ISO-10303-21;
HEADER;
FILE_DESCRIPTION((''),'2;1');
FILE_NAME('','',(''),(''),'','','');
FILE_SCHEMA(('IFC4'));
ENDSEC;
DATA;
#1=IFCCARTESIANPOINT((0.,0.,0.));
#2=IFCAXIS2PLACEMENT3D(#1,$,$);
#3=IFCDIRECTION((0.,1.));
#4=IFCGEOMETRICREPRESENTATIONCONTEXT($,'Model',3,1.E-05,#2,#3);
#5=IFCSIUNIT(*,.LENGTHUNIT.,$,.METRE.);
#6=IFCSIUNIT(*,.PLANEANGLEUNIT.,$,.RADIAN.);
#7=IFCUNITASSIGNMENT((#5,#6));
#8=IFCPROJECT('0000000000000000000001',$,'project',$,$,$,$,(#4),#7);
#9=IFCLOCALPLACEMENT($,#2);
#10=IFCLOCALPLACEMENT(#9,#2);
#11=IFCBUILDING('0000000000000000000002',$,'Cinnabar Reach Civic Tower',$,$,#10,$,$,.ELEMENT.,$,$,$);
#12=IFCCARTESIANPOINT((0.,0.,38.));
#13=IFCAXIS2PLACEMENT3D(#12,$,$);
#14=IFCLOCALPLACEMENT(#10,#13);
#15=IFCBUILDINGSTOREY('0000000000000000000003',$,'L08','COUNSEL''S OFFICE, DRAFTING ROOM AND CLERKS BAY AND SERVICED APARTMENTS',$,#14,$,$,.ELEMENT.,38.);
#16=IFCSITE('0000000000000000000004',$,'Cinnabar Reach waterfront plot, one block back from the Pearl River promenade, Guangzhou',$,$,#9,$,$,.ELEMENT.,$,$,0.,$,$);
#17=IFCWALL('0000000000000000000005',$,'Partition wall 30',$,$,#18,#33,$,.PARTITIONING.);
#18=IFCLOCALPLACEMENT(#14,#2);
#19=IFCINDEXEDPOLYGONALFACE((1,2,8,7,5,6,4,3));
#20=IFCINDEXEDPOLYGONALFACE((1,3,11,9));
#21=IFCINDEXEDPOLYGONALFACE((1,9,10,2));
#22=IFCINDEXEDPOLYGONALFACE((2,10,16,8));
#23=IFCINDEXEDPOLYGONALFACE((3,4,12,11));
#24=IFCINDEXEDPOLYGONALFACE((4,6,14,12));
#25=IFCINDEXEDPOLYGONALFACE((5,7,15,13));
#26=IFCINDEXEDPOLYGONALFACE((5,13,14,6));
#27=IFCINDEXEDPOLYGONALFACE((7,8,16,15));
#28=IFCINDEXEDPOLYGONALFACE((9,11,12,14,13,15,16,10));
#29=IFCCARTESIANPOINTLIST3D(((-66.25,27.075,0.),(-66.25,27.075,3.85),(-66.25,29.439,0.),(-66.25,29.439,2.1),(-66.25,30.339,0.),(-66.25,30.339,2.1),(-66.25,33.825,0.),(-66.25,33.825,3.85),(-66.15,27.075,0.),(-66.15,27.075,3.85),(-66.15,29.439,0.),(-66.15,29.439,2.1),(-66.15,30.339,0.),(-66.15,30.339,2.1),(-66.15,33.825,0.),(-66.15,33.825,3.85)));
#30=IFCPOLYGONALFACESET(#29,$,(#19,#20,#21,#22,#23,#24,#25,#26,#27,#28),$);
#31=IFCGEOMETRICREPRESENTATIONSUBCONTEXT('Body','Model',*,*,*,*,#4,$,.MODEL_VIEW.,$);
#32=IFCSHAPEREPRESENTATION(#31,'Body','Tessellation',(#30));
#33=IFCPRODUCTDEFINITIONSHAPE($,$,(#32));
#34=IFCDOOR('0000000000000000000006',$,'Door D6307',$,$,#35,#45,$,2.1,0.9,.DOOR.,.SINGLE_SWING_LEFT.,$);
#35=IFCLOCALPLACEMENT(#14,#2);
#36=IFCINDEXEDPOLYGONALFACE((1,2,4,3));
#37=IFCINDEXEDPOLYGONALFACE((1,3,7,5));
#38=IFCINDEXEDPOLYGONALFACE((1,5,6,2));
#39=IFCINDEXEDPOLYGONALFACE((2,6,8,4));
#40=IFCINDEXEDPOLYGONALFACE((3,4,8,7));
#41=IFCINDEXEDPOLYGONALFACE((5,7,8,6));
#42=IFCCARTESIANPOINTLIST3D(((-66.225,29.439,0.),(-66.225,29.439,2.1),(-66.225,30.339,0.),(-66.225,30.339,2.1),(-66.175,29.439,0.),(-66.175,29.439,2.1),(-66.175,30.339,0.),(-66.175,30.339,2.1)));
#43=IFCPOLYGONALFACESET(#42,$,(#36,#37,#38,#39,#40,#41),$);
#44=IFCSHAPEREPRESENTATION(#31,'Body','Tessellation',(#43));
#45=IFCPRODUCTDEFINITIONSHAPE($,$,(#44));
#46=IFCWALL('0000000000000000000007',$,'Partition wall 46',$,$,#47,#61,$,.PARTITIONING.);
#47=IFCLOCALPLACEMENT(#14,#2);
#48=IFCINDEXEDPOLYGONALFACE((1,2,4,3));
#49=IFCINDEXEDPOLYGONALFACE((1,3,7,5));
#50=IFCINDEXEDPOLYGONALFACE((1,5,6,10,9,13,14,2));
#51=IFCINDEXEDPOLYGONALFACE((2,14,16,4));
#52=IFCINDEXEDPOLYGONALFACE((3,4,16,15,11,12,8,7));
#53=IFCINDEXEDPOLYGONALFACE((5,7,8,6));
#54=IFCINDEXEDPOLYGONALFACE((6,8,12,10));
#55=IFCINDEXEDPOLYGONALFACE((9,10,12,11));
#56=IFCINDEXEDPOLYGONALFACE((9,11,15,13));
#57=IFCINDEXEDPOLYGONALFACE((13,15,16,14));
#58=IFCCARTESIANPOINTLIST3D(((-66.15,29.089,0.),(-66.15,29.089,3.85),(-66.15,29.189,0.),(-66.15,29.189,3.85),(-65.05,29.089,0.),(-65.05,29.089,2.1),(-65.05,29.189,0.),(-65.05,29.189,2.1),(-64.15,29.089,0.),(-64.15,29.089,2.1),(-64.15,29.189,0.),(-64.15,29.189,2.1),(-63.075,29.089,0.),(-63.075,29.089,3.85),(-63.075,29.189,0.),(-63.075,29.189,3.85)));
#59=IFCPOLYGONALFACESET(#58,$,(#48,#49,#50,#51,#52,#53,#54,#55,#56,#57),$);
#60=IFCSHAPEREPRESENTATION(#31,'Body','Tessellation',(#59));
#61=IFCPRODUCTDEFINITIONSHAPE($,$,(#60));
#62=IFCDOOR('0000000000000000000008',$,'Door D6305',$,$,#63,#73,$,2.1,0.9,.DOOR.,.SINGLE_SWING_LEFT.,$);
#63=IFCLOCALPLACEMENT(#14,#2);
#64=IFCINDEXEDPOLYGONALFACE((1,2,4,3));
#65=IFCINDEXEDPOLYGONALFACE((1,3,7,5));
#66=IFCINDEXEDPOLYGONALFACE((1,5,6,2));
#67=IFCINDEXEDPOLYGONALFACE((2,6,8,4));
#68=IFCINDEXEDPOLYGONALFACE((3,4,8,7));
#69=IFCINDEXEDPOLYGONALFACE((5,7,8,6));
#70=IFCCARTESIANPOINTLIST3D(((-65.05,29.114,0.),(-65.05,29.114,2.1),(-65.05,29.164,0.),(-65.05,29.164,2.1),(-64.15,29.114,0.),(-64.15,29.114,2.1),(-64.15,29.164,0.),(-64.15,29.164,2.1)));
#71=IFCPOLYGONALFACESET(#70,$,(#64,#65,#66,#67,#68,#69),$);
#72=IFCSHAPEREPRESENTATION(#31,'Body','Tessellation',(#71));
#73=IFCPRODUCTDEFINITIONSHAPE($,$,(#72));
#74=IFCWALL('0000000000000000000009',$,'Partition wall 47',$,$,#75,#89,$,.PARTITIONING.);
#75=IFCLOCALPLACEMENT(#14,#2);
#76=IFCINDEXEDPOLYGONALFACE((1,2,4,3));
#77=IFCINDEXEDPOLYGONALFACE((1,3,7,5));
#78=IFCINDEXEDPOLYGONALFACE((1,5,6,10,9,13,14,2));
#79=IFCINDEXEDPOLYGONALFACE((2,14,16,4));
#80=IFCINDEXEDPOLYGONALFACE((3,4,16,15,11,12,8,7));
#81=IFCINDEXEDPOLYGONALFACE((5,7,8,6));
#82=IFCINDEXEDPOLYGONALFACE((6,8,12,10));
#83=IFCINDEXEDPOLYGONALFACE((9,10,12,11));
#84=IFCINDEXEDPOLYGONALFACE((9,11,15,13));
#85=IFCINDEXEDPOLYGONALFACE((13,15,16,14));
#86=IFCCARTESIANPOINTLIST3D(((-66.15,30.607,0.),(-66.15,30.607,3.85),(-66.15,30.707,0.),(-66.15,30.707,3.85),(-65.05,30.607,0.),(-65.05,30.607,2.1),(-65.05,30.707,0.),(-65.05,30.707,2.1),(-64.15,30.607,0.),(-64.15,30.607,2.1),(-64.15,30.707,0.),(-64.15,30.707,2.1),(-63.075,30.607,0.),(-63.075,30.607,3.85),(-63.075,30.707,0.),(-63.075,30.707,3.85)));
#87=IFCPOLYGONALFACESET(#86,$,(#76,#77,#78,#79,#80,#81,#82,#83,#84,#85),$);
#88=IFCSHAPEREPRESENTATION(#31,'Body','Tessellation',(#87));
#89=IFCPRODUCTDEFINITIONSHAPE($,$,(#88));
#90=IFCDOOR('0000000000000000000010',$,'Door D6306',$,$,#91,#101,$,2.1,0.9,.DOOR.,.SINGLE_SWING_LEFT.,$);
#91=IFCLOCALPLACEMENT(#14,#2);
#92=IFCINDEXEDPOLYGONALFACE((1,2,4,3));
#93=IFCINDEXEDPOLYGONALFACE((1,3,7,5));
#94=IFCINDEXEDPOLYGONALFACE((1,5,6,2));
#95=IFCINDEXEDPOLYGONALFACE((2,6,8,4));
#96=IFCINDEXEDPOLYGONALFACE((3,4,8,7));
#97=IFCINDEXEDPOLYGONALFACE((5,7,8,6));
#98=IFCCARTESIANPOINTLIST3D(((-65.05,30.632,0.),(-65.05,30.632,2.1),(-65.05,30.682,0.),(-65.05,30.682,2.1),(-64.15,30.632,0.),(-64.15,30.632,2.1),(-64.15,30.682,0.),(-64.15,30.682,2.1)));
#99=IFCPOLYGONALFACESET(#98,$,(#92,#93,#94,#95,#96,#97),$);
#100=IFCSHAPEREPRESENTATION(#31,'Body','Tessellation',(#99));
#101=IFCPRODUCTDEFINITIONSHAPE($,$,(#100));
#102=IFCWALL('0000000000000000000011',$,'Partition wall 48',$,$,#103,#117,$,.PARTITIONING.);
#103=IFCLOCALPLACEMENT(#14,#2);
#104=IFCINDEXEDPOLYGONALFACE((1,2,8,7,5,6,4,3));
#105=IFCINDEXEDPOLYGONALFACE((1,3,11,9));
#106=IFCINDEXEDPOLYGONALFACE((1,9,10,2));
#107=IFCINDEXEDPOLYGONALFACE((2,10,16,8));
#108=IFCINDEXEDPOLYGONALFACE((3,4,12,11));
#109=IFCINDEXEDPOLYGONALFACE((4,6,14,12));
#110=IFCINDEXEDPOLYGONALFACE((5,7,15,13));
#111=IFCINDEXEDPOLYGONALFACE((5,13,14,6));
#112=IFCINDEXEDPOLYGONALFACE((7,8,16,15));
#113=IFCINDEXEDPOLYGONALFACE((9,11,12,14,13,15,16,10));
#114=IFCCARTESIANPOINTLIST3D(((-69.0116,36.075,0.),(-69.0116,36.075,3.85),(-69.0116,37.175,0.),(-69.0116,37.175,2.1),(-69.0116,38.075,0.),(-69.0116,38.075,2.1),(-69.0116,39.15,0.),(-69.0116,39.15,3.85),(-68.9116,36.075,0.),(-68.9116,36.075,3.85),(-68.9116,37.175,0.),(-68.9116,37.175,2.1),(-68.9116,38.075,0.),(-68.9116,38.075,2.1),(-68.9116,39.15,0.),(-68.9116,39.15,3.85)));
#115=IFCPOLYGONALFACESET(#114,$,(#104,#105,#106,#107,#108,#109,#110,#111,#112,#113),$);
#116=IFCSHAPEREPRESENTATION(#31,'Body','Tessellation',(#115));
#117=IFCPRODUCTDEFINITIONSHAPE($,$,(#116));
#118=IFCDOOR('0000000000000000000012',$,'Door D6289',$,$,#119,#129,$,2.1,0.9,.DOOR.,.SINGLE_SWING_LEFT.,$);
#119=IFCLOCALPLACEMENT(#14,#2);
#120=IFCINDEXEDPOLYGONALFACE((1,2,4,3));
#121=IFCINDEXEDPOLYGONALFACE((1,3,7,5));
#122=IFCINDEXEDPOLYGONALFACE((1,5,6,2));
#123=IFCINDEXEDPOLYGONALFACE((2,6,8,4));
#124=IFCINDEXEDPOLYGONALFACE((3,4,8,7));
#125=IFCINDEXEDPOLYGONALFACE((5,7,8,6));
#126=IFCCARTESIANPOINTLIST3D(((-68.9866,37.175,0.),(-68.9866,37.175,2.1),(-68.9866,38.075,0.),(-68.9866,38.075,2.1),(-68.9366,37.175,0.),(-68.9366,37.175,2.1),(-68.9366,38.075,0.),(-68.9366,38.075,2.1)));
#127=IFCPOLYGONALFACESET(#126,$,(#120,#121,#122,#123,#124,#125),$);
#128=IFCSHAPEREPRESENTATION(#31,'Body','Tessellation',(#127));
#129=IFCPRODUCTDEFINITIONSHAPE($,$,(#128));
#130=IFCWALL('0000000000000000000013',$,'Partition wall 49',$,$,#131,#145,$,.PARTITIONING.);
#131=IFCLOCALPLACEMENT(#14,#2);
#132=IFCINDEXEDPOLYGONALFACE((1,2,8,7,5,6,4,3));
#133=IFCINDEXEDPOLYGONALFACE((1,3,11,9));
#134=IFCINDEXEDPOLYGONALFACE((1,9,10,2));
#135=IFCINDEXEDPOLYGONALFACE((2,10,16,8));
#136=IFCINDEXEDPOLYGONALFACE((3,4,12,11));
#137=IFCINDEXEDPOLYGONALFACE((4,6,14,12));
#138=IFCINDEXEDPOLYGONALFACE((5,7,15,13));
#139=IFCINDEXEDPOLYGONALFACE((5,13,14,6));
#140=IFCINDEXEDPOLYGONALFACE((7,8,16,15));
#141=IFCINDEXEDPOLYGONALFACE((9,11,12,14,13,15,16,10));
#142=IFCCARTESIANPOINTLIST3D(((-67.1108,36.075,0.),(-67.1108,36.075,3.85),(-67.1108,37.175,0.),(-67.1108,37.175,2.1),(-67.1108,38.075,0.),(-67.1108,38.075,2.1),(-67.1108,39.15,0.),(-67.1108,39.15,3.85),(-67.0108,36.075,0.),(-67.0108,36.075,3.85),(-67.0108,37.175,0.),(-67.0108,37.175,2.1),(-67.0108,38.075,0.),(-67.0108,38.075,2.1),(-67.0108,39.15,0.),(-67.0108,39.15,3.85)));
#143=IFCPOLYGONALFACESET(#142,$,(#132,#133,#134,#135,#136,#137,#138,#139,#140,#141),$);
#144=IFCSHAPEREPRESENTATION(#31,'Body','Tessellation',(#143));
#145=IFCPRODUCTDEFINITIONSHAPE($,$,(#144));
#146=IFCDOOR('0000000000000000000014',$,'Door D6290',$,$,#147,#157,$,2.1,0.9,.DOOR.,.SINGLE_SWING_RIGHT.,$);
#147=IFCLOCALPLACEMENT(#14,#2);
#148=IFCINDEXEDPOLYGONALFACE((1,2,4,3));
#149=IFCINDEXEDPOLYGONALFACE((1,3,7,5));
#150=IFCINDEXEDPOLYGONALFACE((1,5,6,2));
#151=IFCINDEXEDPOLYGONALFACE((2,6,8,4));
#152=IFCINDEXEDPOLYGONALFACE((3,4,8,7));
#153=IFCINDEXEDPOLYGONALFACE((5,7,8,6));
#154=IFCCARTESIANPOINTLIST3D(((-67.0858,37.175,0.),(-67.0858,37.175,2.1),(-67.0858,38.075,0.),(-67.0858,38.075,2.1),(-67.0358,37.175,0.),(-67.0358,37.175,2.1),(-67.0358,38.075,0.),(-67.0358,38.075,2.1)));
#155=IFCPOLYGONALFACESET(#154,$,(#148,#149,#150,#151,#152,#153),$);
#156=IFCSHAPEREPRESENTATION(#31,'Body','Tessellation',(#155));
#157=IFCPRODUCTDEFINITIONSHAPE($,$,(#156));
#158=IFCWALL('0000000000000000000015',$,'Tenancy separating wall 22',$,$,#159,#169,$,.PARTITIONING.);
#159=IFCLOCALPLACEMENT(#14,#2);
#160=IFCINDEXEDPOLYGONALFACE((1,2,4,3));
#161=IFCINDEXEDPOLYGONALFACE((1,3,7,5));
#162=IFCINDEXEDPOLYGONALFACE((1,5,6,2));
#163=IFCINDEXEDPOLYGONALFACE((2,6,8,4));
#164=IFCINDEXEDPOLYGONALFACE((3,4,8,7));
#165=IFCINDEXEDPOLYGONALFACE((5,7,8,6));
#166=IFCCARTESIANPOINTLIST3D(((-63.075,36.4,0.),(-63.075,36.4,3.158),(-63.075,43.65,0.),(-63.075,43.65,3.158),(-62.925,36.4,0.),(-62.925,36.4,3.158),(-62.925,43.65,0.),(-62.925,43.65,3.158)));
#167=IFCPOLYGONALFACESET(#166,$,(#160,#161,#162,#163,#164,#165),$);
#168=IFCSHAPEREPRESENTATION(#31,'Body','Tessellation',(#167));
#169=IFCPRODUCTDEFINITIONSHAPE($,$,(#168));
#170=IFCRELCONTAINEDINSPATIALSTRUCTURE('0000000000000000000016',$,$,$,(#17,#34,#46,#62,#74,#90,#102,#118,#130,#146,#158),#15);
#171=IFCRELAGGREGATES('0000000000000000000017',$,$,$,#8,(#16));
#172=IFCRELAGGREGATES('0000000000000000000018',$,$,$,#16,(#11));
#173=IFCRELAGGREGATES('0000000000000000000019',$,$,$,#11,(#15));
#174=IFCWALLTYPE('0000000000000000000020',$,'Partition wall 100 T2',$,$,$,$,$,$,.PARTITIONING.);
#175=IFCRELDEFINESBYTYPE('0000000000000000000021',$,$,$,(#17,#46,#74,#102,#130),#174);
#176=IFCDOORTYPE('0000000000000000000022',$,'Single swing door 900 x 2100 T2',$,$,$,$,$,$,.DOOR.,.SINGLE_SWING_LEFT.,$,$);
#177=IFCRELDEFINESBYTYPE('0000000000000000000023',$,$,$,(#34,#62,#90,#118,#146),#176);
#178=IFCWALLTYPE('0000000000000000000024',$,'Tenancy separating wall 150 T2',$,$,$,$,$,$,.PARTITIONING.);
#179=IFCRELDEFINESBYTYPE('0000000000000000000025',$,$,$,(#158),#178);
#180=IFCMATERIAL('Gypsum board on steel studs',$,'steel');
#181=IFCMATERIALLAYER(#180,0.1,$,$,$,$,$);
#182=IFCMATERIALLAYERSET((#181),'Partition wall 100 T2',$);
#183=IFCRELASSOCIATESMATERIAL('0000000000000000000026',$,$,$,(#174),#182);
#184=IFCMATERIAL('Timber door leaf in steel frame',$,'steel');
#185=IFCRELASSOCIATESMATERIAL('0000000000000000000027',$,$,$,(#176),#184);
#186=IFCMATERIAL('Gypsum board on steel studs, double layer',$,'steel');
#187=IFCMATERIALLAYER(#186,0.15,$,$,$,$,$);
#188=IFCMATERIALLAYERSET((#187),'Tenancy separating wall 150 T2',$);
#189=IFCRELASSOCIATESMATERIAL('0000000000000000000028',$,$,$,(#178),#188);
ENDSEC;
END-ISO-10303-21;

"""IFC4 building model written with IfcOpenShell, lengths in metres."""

from ifc_helpers import new_model, si_unit, direction, frame, frame_2d, origin, place, context, subcontext, project, spatial, rectangle, extrude, material, layer, layer_set, type_object, element, fill, save


model = new_model("IFC4")

# Units and contexts
model_context = context("Model", 3, precision=1e-05, world=origin(), true_north=direction((0.0, 1.0)))
body_context = subcontext(model_context, "Body", "Model", "MODEL_VIEW")
ifc_project = project(units=[si_unit("LENGTHUNIT", "METRE"), si_unit("PLANEANGLEUNIT", "RADIAN")], contexts=[model_context])

# Site, building, storey
site_placement = place(None, origin())
site = spatial("IfcSite", under=ifc_project, at=site_placement, Name="Cinnabar Reach waterfront plot, one block back from the Pearl River promenade, Guangzhou", CompositionType="ELEMENT", RefElevation=0.0)
building_placement = place(site_placement, origin())
building = spatial("IfcBuilding", under=site, at=building_placement, Name="Cinnabar Reach Civic Tower", CompositionType="ELEMENT")
storey_placement = place(building_placement, frame((0.0, 0.0, 38.0)))
storey = spatial("IfcBuildingStorey", under=building, at=storey_placement, Name="L08", Description="COUNSEL'S OFFICE, DRAFTING ROOM AND CLERKS BAY AND SERVICED APARTMENTS", CompositionType="ELEMENT", Elevation=38.0)

# Shared definitions
ifc_material_1 = material(Name="Gypsum board on steel studs, double layer", Category="steel")
ifc_material_2 = material(Name="Timber door leaf in steel frame", Category="steel")

# Walls, openings, doors
ifc_material_3 = material(Name="Gypsum board on steel studs", Category="steel")
ifc_layer_1 = layer(ifc_material_3, 0.1)
ifc_layer_set_1 = layer_set([ifc_layer_1], Name="Partition wall 100 T2")
wall_type_1 = type_object("IfcWallType", Name="Partition wall 100 T2", PredefinedType="PARTITIONING", material=ifc_layer_set_1)
wall_1_placement = place(storey_placement, frame((-66.2, 27.075, 0.0), z_axis=(0.0, 0.0, 1.0), x_axis=(0.0, 1.0, 0.0)))
wall_1 = element("IfcWall", 1, at=wall_1_placement, inside=storey, type_object=wall_type_1, Name="Partition wall 30", PredefinedType="PARTITIONING", context=body_context, shape_type="SweptSolid", body=[
    extrude(rectangle(XDim=6.75, YDim=0.1, at=frame_2d((3.375, 0.0))), origin(), (0.0, 0.0, 1.0), 3.85),
])
opening_1_placement = place(wall_1_placement, frame((2.364, 0.0, 0.0)))
opening_1 = element("IfcOpeningElement", 2, at=opening_1_placement, cuts=wall_1, PredefinedType="OPENING", context=body_context, shape_type="SweptSolid", body=[
    extrude(rectangle(XDim=0.9, YDim=2.1, at=frame_2d((0.45, 1.05))), frame((0.0, 0.06, 0.0), z_axis=(0.0, -1.0, 0.0), x_axis=(1.0, 0.0, 0.0)), (0.0, 0.0, 1.0), 0.12),
])
door_type_1 = type_object("IfcDoorType", Name="Single swing door 900 x 2100 T2", OperationType="SINGLE_SWING_LEFT", PredefinedType="DOOR", material=ifc_material_2)
door_1_placement = place(opening_1_placement, frame((0.9, 0.0, 0.0), z_axis=(0.0, 0.0, 1.0), x_axis=(-1.0, 0.0, 0.0)))
door_1 = element("IfcDoor", 3, at=door_1_placement, inside=storey, type_object=door_type_1, Name="Door D6307", OperationType="SINGLE_SWING_LEFT", OverallHeight=2.1, OverallWidth=0.9, PredefinedType="DOOR", context=body_context, shape_type="SweptSolid", body=[
    extrude(rectangle(XDim=0.9, YDim=2.1, at=frame_2d((0.45, 1.05))), frame((0.0, 0.025, 0.0), z_axis=(0.0, -1.0, 0.0), x_axis=(1.0, 0.0, 0.0)), (0.0, 0.0, 1.0), 0.05),
])
fill(opening_1, door_1)
wall_2_placement = place(storey_placement, frame((-66.15, 29.139, 0.0), z_axis=(0.0, 0.0, 1.0), x_axis=(1.0, 0.0, 0.0)))
wall_2 = element("IfcWall", 4, at=wall_2_placement, inside=storey, type_object=wall_type_1, Name="Partition wall 46", PredefinedType="PARTITIONING", context=body_context, shape_type="SweptSolid", body=[
    extrude(rectangle(XDim=3.075, YDim=0.1, at=frame_2d((1.5375, 0.0))), origin(), (0.0, 0.0, 1.0), 3.85),
])
opening_2_placement = place(wall_2_placement, frame((1.1, 0.0, 0.0)))
opening_2 = element("IfcOpeningElement", 5, at=opening_2_placement, cuts=wall_2, PredefinedType="OPENING", context=body_context, shape_type="SweptSolid", body=[
    extrude(rectangle(XDim=0.9, YDim=2.1, at=frame_2d((0.45, 1.05))), frame((0.0, 0.06, 0.0), z_axis=(0.0, -1.0, 0.0), x_axis=(1.0, 0.0, 0.0)), (0.0, 0.0, 1.0), 0.12),
])
door_2_placement = place(opening_2_placement, frame((0.9, 0.0, 0.0), z_axis=(0.0, 0.0, 1.0), x_axis=(-1.0, 0.0, 0.0)))
door_2 = element("IfcDoor", 6, at=door_2_placement, inside=storey, type_object=door_type_1, Name="Door D6305", OperationType="SINGLE_SWING_LEFT", OverallHeight=2.1, OverallWidth=0.9, PredefinedType="DOOR", context=body_context, shape_type="SweptSolid", body=[
    extrude(rectangle(XDim=0.9, YDim=2.1, at=frame_2d((0.45, 1.05))), frame((0.0, 0.025, 0.0), z_axis=(0.0, -1.0, 0.0), x_axis=(1.0, 0.0, 0.0)), (0.0, 0.0, 1.0), 0.05),
])
fill(opening_2, door_2)
wall_3_placement = place(storey_placement, frame((-66.15, 30.657, 0.0), z_axis=(0.0, 0.0, 1.0), x_axis=(1.0, 0.0, 0.0)))
wall_3 = element("IfcWall", 7, at=wall_3_placement, inside=storey, type_object=wall_type_1, Name="Partition wall 47", PredefinedType="PARTITIONING", context=body_context, shape_type="SweptSolid", body=[
    extrude(rectangle(XDim=3.075, YDim=0.1, at=frame_2d((1.5375, 0.0))), origin(), (0.0, 0.0, 1.0), 3.85),
])
opening_3_placement = place(wall_3_placement, frame((1.1, 0.0, 0.0)))
opening_3 = element("IfcOpeningElement", 8, at=opening_3_placement, cuts=wall_3, PredefinedType="OPENING", context=body_context, shape_type="SweptSolid", body=[
    extrude(rectangle(XDim=0.9, YDim=2.1, at=frame_2d((0.45, 1.05))), frame((0.0, 0.06, 0.0), z_axis=(0.0, -1.0, 0.0), x_axis=(1.0, 0.0, 0.0)), (0.0, 0.0, 1.0), 0.12),
])
door_3_placement = place(opening_3_placement, frame((0.9, 0.0, 0.0), z_axis=(0.0, 0.0, 1.0), x_axis=(-1.0, 0.0, 0.0)))
door_3 = element("IfcDoor", 9, at=door_3_placement, inside=storey, type_object=door_type_1, Name="Door D6306", OperationType="SINGLE_SWING_LEFT", OverallHeight=2.1, OverallWidth=0.9, PredefinedType="DOOR", context=body_context, shape_type="SweptSolid", body=[
    extrude(rectangle(XDim=0.9, YDim=2.1, at=frame_2d((0.45, 1.05))), frame((0.0, 0.025, 0.0), z_axis=(0.0, -1.0, 0.0), x_axis=(1.0, 0.0, 0.0)), (0.0, 0.0, 1.0), 0.05),
])
fill(opening_3, door_3)
wall_4_placement = place(storey_placement, frame((-68.9616, 36.075, 0.0), z_axis=(0.0, 0.0, 1.0), x_axis=(0.0, 1.0, 0.0)))
wall_4 = element("IfcWall", 10, at=wall_4_placement, inside=storey, type_object=wall_type_1, Name="Partition wall 48", PredefinedType="PARTITIONING", context=body_context, shape_type="SweptSolid", body=[
    extrude(rectangle(XDim=3.075, YDim=0.1, at=frame_2d((1.5375, 0.0))), origin(), (0.0, 0.0, 1.0), 3.85),
])
opening_4_placement = place(wall_4_placement, frame((1.1, 0.0, 0.0)))
opening_4 = element("IfcOpeningElement", 11, at=opening_4_placement, cuts=wall_4, PredefinedType="OPENING", context=body_context, shape_type="SweptSolid", body=[
    extrude(rectangle(XDim=0.9, YDim=2.1, at=frame_2d((0.45, 1.05))), frame((0.0, 0.06, 0.0), z_axis=(0.0, -1.0, 0.0), x_axis=(1.0, 0.0, 0.0)), (0.0, 0.0, 1.0), 0.12),
])
door_4_placement = place(opening_4_placement, origin())
door_4 = element("IfcDoor", 12, at=door_4_placement, inside=storey, type_object=door_type_1, Name="Door D6289", OperationType="SINGLE_SWING_LEFT", OverallHeight=2.1, OverallWidth=0.9, PredefinedType="DOOR", context=body_context, shape_type="SweptSolid", body=[
    extrude(rectangle(XDim=0.9, YDim=2.1, at=frame_2d((0.45, 1.05))), frame((0.0, 0.025, 0.0), z_axis=(0.0, -1.0, 0.0), x_axis=(1.0, 0.0, 0.0)), (0.0, 0.0, 1.0), 0.05),
])
fill(opening_4, door_4)
wall_5_placement = place(storey_placement, frame((-67.0608, 36.075, 0.0), z_axis=(0.0, 0.0, 1.0), x_axis=(0.0, 1.0, 0.0)))
wall_5 = element("IfcWall", 13, at=wall_5_placement, inside=storey, type_object=wall_type_1, Name="Partition wall 49", PredefinedType="PARTITIONING", context=body_context, shape_type="SweptSolid", body=[
    extrude(rectangle(XDim=3.075, YDim=0.1, at=frame_2d((1.5375, 0.0))), origin(), (0.0, 0.0, 1.0), 3.85),
])
opening_5_placement = place(wall_5_placement, frame((1.1, 0.0, 0.0)))
opening_5 = element("IfcOpeningElement", 14, at=opening_5_placement, cuts=wall_5, PredefinedType="OPENING", context=body_context, shape_type="SweptSolid", body=[
    extrude(rectangle(XDim=0.9, YDim=2.1, at=frame_2d((0.45, 1.05))), frame((0.0, 0.06, 0.0), z_axis=(0.0, -1.0, 0.0), x_axis=(1.0, 0.0, 0.0)), (0.0, 0.0, 1.0), 0.12),
])
door_5_placement = place(opening_5_placement, origin())
door_5 = element("IfcDoor", 15, at=door_5_placement, inside=storey, type_object=door_type_1, Name="Door D6290", OperationType="SINGLE_SWING_RIGHT", OverallHeight=2.1, OverallWidth=0.9, PredefinedType="DOOR", context=body_context, shape_type="SweptSolid", body=[
    extrude(rectangle(XDim=0.9, YDim=2.1, at=frame_2d((0.45, 1.05))), frame((0.0, 0.025, 0.0), z_axis=(0.0, -1.0, 0.0), x_axis=(1.0, 0.0, 0.0)), (0.0, 0.0, 1.0), 0.05),
])
fill(opening_5, door_5)

# Wall
ifc_layer_2 = layer(ifc_material_1, 0.15)
ifc_layer_set_2 = layer_set([ifc_layer_2], Name="Tenancy separating wall 150 T2")
wall_type_2 = type_object("IfcWallType", Name="Tenancy separating wall 150 T2", PredefinedType="PARTITIONING", material=ifc_layer_set_2)
wall_6_placement = place(storey_placement, frame((-63.0, 36.4, 0.0), z_axis=(0.0, 0.0, 1.0), x_axis=(0.0, 1.0, 0.0)))
element("IfcWall", 16, at=wall_6_placement, inside=storey, type_object=wall_type_2, Name="Tenancy separating wall 22", PredefinedType="PARTITIONING", context=body_context, shape_type="SweptSolid", body=[
    extrude(rectangle(XDim=7.25, YDim=0.15, at=frame_2d((3.625, 0.0))), origin(), (0.0, 0.0, 1.0), 3.158),
])

save(model, "model.ifc")
